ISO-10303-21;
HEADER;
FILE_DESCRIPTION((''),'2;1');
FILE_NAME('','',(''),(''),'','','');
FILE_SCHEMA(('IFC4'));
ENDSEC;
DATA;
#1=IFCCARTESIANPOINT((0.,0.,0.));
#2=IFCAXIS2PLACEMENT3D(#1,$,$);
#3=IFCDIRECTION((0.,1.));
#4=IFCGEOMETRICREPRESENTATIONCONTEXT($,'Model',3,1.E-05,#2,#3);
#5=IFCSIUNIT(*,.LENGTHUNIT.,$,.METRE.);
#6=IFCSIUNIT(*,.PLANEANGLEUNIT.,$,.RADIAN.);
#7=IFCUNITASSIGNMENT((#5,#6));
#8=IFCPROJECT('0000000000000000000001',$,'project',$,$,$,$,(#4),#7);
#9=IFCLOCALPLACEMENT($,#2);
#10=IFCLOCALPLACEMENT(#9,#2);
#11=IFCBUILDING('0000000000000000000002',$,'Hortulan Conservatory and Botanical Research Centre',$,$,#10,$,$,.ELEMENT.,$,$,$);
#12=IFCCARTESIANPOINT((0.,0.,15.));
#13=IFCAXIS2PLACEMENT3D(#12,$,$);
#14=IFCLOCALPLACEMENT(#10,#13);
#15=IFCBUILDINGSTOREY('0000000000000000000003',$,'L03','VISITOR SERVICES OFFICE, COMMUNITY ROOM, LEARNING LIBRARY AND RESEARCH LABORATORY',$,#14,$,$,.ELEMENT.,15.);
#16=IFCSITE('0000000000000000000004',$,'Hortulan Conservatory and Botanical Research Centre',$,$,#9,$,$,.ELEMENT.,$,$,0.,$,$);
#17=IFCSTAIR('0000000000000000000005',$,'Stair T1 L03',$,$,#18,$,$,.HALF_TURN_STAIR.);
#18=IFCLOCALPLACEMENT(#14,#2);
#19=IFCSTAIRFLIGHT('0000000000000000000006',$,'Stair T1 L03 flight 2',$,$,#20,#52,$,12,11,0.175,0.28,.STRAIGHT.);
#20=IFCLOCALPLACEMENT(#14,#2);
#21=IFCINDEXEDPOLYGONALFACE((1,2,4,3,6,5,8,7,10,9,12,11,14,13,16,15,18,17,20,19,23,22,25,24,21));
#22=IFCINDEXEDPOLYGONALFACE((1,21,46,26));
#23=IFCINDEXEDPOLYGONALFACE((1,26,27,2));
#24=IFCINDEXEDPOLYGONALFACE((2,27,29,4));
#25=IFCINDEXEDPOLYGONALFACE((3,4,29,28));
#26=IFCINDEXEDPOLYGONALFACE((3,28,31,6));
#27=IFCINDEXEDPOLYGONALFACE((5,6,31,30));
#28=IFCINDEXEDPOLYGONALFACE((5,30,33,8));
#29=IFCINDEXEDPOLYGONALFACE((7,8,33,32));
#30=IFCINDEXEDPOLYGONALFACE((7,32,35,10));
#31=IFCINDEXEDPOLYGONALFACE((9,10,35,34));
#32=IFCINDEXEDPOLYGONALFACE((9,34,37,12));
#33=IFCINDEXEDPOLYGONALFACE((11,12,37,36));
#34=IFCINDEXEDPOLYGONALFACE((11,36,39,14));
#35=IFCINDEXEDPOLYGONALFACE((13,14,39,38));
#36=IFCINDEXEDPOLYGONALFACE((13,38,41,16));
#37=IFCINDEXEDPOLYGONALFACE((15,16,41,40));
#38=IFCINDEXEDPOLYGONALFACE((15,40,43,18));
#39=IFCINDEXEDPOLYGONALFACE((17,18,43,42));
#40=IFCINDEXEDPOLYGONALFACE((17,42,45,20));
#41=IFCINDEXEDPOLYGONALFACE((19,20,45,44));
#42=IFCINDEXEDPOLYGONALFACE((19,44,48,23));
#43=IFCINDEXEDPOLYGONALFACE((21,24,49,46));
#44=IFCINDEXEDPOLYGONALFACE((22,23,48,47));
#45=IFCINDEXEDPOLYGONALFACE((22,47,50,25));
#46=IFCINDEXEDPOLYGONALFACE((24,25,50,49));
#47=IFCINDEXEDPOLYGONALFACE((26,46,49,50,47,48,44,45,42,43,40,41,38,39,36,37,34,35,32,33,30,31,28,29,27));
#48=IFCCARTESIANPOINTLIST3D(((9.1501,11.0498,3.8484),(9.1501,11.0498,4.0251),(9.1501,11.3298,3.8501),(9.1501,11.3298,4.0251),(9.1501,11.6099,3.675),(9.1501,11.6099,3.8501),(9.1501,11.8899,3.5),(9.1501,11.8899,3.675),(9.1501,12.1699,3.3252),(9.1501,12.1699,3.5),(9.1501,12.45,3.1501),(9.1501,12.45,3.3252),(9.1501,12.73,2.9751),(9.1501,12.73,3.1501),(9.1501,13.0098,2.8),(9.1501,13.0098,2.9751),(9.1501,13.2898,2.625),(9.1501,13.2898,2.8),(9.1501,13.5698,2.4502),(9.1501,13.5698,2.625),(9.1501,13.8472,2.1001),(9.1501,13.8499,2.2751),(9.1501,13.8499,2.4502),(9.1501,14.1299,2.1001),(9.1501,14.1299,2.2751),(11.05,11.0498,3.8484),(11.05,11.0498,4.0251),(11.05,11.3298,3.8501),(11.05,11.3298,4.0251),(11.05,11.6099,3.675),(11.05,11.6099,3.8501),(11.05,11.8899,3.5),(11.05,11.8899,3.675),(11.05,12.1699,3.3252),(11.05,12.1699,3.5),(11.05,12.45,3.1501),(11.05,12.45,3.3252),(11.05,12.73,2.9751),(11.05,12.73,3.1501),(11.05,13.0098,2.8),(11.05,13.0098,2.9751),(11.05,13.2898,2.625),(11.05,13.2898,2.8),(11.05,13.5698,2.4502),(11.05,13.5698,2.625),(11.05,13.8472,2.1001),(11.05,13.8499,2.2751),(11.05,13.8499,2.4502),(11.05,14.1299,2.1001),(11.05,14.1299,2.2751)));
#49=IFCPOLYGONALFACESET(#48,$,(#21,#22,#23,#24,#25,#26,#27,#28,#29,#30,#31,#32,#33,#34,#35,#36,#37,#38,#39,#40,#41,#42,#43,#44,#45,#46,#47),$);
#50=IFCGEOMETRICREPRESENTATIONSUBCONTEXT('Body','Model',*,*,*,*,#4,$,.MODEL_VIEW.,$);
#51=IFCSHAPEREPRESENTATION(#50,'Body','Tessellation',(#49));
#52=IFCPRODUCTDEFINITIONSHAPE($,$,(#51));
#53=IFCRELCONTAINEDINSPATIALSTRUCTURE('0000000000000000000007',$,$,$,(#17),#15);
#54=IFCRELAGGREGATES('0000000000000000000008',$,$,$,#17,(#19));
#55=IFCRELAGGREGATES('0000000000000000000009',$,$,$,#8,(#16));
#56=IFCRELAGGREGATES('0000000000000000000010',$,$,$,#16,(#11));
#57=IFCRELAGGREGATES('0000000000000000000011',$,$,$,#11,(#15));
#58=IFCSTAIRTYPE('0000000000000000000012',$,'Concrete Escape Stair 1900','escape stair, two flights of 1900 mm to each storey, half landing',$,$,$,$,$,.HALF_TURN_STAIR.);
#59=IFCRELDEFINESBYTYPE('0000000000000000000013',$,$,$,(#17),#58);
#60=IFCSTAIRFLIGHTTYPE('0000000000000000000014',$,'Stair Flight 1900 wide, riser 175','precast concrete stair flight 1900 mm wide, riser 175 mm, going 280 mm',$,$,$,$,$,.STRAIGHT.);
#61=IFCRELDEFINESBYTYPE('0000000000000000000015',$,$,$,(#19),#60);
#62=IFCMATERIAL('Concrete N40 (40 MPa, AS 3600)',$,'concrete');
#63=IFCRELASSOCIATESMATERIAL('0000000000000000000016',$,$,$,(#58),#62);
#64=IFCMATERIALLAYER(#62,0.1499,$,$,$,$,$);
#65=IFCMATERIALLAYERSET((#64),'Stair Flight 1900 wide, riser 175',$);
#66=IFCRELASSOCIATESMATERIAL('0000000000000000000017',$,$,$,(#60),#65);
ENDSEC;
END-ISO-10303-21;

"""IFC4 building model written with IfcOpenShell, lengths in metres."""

from ifc_helpers import new_model, si_unit, direction, frame, origin, place, context, subcontext, project, spatial, polyline, outline, extrude, material, layer, layer_set, type_object, element, aggregate, save


model = new_model("IFC4")

# Units and contexts
model_context = context("Model", 3, precision=1e-05, world=origin(), true_north=direction((0.0, 1.0)))
body_context = subcontext(model_context, "Body", "Model", "MODEL_VIEW")
ifc_project = project(units=[si_unit("LENGTHUNIT", "METRE"), si_unit("PLANEANGLEUNIT", "RADIAN")], contexts=[model_context])

# Site, building, storey
site_placement = place(None, origin())
site = spatial("IfcSite", under=ifc_project, at=site_placement, Name="Hortulan Conservatory and Botanical Research Centre", CompositionType="ELEMENT", RefElevation=0.0)
building_placement = place(site_placement, origin())
building = spatial("IfcBuilding", under=site, at=building_placement, Name="Hortulan Conservatory and Botanical Research Centre", CompositionType="ELEMENT")
storey_placement = place(building_placement, frame((0.0, 0.0, 15.0)))
storey = spatial("IfcBuildingStorey", under=building, at=storey_placement, Name="L03", Description="VISITOR SERVICES OFFICE, COMMUNITY ROOM, LEARNING LIBRARY AND RESEARCH LABORATORY", CompositionType="ELEMENT", Elevation=15.0)

# Stair, stair flight
ifc_material_1 = material(Name="Concrete N40 (40 MPa, AS 3600)", Category="concrete")
stair_type = type_object("IfcStairType", Name="Concrete Escape Stair 1900", Description="escape stair, two flights of 1900 mm to each storey, half landing", PredefinedType="HALF_TURN_STAIR", material=ifc_material_1)
stair_placement = place(storey_placement, origin())
stair = element("IfcStair", 1, at=stair_placement, inside=storey, type_object=stair_type, Name="Stair T1 L03", PredefinedType="HALF_TURN_STAIR")
ifc_layer_1 = layer(ifc_material_1, 0.1499)
ifc_layer_set_1 = layer_set([ifc_layer_1], Name="Stair Flight 1900 wide, riser 175")
stair_flight_type = type_object("IfcStairFlightType", Name="Stair Flight 1900 wide, riser 175", Description="precast concrete stair flight 1900 mm wide, riser 175 mm, going 280 mm", PredefinedType="STRAIGHT", material=ifc_layer_set_1)
stair_flight_1_placement = place(storey_placement, frame((10.1001, 14.1299, 2.1001), z_axis=(0.0, 0.0, 1.0), x_axis=(0.0, -1.0, 0.0)))
stair_flight_1 = element("IfcStairFlight", 2, at=stair_flight_1_placement, type_object=stair_flight_type, Name="Stair T1 L03 flight 2", NumberOfRisers=12, NumberOfTreads=11, PredefinedType="STRAIGHT", RiserHeight=0.175, TreadLength=0.28, context=body_context, shape_type="SweptSolid", body=[
    extrude(outline(polyline([(0.0, 0.0), (0.0, 0.175), (0.28, 0.175), (0.28, 0.3501), (0.5601, 0.3501), (0.5601, 0.5249), (0.8401, 0.5249), (0.8401, 0.7), (1.1201, 0.7), (1.1201, 0.875), (1.3999, 0.875), (1.3999, 1.05), (1.6799, 1.05), (1.6799, 1.2251), (1.96, 1.2251), (1.96, 1.3999), (2.24, 1.3999), (2.24, 1.575), (2.52, 1.575), (2.52, 1.75), (2.8, 1.75), (2.8, 1.925), (3.0801, 1.925), (3.0801, 2.1001), (3.0801, 1.7483), (0.2827, 0.0), (0.0, 0.0)])), frame((0.0, 0.95, 0.0), z_axis=(0.0, -1.0, 0.0), x_axis=(1.0, 0.0, 0.0)), (0.0, 0.0, 1.0), 1.8999),
])
aggregate(stair, [stair_flight_1])

save(model, "model.ifc")
